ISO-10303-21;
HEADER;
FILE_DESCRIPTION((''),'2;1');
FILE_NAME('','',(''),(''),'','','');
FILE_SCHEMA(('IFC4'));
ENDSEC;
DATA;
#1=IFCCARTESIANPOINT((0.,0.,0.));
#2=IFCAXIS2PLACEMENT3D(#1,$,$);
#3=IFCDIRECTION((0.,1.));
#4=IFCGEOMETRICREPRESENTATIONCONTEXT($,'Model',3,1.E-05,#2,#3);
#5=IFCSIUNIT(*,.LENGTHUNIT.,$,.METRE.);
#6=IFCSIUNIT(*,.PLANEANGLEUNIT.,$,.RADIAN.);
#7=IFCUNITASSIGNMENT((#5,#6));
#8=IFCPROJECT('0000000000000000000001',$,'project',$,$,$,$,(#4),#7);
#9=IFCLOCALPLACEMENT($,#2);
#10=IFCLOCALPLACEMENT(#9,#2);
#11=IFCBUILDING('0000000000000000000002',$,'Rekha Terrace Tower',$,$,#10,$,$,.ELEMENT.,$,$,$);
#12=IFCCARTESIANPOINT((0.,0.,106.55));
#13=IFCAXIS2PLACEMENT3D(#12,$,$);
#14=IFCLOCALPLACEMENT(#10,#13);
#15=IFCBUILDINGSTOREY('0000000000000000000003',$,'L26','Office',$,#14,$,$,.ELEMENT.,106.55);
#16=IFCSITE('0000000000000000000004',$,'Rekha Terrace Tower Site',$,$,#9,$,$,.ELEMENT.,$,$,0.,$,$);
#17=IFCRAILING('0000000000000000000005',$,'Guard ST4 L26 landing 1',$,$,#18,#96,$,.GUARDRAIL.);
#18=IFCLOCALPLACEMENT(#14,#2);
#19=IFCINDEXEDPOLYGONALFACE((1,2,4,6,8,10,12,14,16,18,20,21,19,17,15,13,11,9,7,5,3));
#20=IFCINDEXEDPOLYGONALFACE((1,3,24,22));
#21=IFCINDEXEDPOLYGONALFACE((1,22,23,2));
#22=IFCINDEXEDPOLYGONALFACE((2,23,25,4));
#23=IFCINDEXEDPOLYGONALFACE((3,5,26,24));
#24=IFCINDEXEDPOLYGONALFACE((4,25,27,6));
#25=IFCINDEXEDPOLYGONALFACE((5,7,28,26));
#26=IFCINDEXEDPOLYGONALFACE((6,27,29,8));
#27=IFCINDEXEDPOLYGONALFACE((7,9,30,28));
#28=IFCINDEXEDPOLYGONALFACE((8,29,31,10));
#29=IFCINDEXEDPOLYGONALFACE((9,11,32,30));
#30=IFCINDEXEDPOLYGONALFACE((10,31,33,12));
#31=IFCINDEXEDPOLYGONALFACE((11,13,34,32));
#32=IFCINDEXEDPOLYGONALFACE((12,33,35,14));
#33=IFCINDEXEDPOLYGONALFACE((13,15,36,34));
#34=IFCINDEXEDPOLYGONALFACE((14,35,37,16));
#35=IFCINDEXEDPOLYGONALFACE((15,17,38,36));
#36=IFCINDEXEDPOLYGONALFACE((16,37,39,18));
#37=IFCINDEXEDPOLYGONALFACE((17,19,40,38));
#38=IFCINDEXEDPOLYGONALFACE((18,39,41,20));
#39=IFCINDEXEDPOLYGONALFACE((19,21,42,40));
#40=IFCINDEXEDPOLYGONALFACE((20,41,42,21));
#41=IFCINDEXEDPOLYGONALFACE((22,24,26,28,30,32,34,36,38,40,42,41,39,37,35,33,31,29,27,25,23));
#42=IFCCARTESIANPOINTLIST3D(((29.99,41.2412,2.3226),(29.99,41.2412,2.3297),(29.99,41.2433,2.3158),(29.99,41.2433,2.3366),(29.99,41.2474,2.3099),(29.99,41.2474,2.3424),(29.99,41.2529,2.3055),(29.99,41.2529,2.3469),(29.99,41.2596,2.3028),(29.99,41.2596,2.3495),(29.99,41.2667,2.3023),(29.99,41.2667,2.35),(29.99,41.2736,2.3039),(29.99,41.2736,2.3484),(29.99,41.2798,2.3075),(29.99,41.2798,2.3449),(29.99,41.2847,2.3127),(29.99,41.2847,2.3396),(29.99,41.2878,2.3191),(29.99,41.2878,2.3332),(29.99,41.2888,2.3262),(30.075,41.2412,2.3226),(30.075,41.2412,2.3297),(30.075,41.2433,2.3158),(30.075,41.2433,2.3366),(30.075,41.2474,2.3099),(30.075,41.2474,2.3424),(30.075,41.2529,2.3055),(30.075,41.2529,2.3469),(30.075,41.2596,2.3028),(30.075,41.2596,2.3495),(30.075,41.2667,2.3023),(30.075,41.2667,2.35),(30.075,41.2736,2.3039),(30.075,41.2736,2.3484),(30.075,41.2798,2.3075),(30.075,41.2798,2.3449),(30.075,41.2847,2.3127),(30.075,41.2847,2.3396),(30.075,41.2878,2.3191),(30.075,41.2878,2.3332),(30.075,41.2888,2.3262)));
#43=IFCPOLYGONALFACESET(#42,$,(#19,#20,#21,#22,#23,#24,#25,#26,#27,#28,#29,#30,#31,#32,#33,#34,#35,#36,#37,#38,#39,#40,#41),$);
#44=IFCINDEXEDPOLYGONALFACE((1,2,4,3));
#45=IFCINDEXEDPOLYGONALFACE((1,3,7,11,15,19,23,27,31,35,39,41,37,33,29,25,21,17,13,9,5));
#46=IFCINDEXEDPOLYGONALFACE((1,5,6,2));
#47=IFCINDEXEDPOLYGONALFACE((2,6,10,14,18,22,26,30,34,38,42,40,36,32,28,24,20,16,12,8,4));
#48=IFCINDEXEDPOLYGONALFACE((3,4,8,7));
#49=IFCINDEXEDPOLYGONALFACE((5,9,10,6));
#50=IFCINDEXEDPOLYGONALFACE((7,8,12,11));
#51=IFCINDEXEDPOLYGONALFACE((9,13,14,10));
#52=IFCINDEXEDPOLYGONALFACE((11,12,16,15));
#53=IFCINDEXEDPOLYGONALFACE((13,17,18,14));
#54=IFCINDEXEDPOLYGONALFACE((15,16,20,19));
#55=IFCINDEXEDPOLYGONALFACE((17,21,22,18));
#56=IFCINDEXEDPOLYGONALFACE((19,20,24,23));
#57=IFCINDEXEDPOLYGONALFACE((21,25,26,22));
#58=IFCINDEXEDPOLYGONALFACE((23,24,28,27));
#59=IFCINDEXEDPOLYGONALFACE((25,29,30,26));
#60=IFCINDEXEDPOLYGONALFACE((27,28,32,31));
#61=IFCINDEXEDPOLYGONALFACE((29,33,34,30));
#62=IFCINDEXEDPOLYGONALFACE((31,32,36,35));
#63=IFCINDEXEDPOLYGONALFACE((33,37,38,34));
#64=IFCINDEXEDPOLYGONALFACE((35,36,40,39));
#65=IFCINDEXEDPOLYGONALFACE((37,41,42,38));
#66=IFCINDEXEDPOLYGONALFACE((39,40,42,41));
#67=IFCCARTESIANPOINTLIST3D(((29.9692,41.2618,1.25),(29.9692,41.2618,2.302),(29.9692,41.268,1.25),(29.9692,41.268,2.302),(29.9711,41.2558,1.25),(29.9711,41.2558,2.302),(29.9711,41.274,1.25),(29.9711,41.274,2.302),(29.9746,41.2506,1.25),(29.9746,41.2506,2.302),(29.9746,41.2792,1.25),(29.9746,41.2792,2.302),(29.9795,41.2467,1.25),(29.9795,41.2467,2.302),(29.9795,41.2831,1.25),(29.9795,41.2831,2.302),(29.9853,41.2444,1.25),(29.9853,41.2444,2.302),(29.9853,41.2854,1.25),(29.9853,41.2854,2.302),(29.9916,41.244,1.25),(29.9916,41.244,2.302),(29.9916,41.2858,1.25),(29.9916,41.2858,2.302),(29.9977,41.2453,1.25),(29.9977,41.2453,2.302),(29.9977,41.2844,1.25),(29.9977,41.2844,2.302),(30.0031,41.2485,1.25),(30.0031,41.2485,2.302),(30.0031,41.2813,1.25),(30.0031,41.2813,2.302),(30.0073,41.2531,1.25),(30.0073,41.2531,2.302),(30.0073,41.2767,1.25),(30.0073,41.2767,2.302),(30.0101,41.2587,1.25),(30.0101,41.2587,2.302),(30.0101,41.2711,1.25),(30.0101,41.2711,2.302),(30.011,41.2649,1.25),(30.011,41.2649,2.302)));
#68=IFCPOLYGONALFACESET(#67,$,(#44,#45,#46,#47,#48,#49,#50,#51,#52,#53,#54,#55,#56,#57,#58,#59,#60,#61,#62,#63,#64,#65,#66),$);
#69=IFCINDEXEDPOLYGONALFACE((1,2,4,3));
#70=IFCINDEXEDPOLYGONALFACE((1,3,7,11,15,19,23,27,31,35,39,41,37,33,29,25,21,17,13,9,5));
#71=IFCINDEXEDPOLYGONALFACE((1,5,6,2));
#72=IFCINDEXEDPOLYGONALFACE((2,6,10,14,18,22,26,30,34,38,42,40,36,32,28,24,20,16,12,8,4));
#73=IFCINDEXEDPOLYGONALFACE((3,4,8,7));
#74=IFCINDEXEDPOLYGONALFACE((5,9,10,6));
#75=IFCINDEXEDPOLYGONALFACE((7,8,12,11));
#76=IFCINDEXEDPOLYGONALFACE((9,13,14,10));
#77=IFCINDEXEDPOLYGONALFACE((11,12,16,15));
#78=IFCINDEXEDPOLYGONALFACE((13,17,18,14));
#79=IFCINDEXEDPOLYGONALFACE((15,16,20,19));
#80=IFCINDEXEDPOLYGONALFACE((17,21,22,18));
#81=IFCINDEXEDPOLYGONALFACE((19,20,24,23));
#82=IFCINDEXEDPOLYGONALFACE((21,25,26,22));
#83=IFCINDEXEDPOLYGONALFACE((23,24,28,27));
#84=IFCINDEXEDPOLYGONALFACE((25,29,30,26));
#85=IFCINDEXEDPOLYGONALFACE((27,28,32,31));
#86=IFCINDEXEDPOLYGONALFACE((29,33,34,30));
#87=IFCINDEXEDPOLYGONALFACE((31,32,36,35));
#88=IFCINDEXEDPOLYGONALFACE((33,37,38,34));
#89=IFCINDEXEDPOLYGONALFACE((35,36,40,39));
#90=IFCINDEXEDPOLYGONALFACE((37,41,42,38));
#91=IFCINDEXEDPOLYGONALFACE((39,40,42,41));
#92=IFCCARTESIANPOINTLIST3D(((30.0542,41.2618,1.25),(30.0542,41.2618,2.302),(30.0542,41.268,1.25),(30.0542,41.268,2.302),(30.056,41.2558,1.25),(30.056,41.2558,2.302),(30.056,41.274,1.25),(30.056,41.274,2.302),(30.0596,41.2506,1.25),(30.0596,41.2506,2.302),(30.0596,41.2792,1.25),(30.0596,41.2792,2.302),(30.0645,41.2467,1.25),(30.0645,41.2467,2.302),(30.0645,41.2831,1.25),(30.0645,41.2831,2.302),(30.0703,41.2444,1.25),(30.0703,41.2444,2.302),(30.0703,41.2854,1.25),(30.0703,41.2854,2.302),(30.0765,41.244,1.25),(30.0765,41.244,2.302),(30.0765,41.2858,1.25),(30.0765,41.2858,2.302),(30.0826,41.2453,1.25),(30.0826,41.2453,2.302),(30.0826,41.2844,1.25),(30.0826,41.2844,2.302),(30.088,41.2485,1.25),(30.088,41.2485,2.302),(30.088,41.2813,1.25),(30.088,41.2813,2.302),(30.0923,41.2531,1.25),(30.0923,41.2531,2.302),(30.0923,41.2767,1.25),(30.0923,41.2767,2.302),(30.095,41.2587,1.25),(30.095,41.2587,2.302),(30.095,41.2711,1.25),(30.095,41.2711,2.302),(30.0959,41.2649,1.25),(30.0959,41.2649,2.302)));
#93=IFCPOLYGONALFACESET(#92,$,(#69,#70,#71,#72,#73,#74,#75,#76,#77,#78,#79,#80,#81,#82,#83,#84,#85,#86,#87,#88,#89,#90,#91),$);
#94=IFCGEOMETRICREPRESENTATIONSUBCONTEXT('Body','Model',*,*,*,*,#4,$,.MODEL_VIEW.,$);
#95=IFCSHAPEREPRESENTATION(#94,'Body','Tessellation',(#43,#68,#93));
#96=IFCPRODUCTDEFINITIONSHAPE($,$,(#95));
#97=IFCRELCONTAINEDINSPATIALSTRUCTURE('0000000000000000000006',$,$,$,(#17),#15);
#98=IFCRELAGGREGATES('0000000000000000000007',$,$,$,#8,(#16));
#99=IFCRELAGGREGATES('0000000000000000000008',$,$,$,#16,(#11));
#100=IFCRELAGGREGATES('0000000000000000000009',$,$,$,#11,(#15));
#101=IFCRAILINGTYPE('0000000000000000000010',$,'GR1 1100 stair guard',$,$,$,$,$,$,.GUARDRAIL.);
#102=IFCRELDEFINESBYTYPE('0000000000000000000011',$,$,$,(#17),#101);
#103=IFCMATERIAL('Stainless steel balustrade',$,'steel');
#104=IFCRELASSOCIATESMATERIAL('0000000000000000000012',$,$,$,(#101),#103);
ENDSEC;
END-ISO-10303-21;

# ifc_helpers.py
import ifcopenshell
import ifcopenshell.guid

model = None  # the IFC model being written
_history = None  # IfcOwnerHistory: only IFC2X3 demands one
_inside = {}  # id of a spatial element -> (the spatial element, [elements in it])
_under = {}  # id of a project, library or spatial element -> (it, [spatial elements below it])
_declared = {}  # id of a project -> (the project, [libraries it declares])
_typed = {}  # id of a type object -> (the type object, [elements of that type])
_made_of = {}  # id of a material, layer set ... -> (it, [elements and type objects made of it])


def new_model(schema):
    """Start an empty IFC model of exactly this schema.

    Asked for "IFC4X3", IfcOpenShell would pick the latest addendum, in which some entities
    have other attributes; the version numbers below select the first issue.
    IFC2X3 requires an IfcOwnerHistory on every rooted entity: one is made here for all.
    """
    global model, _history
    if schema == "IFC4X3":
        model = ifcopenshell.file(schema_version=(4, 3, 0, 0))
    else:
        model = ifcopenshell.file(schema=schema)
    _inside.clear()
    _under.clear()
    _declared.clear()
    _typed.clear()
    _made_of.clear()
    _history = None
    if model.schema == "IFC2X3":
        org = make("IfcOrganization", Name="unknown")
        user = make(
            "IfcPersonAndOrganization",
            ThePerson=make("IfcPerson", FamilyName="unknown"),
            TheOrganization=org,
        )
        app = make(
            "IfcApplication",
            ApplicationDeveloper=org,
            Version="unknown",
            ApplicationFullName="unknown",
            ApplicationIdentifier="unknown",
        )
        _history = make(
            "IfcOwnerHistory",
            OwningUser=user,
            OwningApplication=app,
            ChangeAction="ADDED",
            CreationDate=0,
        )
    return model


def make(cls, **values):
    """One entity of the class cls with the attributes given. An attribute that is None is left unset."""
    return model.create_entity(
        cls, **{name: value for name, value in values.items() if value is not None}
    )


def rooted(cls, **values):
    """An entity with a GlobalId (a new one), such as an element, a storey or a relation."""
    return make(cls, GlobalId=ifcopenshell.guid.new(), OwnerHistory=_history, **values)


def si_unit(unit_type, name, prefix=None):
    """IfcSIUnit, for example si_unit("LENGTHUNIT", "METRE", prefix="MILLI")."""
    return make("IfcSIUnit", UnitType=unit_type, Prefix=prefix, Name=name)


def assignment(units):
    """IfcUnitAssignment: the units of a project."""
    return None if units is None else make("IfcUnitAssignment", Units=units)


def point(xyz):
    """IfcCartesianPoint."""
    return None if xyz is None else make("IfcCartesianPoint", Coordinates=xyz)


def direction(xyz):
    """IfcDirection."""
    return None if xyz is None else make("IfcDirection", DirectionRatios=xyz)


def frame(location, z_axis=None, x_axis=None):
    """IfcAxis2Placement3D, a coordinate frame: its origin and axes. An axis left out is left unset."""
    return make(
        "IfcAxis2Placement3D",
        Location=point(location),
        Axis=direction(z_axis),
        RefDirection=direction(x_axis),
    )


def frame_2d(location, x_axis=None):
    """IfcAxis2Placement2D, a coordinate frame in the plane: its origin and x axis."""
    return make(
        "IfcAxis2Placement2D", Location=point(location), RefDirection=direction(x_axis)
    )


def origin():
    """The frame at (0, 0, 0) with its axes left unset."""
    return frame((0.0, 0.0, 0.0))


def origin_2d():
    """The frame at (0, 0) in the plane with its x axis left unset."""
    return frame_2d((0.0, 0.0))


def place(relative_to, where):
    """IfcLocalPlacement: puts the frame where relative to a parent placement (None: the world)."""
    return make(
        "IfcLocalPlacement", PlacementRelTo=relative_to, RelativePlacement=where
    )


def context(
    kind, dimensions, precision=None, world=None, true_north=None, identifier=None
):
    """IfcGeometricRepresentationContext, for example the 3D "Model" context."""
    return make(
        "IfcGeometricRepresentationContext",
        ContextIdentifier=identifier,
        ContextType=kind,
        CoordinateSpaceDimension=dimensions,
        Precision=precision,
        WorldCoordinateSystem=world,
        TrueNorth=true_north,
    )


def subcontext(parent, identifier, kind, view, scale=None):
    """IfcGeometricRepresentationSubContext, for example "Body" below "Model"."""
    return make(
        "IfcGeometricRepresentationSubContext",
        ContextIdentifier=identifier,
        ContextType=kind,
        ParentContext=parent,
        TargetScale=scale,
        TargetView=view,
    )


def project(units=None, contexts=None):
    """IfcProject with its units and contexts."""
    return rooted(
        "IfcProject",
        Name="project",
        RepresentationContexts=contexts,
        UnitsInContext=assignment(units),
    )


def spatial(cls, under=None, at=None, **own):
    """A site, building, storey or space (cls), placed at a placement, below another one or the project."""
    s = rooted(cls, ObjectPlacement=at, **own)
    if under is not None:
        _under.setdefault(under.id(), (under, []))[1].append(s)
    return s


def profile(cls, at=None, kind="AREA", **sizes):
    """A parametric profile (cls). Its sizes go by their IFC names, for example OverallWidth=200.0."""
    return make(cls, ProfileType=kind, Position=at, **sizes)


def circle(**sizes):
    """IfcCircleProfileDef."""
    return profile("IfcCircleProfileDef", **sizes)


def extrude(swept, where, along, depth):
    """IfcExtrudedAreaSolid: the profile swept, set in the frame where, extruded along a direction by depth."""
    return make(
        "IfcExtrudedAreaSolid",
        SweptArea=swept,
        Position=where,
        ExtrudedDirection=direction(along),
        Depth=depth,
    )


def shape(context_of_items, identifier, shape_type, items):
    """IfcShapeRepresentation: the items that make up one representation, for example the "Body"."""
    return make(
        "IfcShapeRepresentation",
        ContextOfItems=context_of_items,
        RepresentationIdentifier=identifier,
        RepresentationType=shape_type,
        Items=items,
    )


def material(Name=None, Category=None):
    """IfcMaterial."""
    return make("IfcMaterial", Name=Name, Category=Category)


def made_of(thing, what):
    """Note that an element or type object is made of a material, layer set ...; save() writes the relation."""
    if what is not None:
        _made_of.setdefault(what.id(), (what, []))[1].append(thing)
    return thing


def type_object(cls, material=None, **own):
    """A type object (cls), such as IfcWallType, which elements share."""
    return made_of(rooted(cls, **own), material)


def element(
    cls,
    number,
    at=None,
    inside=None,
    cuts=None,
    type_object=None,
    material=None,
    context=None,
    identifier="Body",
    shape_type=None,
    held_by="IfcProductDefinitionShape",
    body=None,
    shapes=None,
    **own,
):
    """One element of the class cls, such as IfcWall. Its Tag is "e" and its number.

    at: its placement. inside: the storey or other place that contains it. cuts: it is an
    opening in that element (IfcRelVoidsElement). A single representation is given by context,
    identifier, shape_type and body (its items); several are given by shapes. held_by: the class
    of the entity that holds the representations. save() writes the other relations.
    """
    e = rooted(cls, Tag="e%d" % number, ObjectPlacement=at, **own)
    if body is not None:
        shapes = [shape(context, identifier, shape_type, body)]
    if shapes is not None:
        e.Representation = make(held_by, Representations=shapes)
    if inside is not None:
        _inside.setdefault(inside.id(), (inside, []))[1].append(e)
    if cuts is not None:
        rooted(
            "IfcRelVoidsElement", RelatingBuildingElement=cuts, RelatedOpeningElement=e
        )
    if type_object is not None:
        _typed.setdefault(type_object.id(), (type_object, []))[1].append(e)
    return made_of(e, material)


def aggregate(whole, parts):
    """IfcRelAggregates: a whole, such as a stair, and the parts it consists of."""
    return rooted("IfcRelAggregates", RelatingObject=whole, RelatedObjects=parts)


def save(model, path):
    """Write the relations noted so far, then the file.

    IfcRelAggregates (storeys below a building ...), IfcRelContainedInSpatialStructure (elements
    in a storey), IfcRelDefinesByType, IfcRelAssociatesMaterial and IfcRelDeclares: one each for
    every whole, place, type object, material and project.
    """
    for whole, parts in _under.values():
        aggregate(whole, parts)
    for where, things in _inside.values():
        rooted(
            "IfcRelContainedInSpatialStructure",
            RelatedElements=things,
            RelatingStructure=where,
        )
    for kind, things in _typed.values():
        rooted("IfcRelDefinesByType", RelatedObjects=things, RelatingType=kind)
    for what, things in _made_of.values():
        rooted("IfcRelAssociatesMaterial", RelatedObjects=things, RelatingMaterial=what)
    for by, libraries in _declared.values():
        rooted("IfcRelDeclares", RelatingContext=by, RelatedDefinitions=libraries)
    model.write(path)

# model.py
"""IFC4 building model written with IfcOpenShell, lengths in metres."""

from ifc_helpers import new_model, si_unit, direction, frame, origin, origin_2d, place, context, subcontext, project, spatial, circle, extrude, material, type_object, element, save


model = new_model("IFC4")

# Units and contexts
model_context = context("Model", 3, precision=1e-05, world=origin(), true_north=direction((0.0, 1.0)))
body_context = subcontext(model_context, "Body", "Model", "MODEL_VIEW")
ifc_project = project(units=[si_unit("LENGTHUNIT", "METRE"), si_unit("PLANEANGLEUNIT", "RADIAN")], contexts=[model_context])

# Site, building, storey
site_placement = place(None, origin())
site = spatial("IfcSite", under=ifc_project, at=site_placement, Name="Rekha Terrace Tower Site", CompositionType="ELEMENT", RefElevation=0.0)
building_placement = place(site_placement, origin())
building = spatial("IfcBuilding", under=site, at=building_placement, Name="Rekha Terrace Tower", CompositionType="ELEMENT")
storey_placement = place(building_placement, frame((0.0, 0.0, 106.55)))
storey = spatial("IfcBuildingStorey", under=building, at=storey_placement, Name="L26", Description="Office", CompositionType="ELEMENT", Elevation=106.55)

# Railing
ifc_material_1 = material(Name="Stainless steel balustrade", Category="steel")
railing_type_1 = type_object("IfcRailingType", Name="GR1 1100 stair guard", PredefinedType="GUARDRAIL", material=ifc_material_1)
railing_1_placement = place(storey_placement, frame((29.99, 41.2649, 1.25)))
element("IfcRailing", 1, at=railing_1_placement, inside=storey, type_object=railing_type_1, Name="Guard ST4 L26 landing 1", PredefinedType="GUARDRAIL", context=body_context, shape_type="SweptSolid", body=[
    extrude(circle(Radius=0.0239, at=origin_2d()), frame((0.0, 0.0, 1.0762), z_axis=(1.0, 0.0, 0.0), x_axis=(0.0, 1.0, 0.0)), (0.0, 0.0, 1.0), 0.085),
    extrude(circle(Radius=0.021, at=origin_2d()), origin(), (0.0, 0.0, 1.0), 1.052),
    extrude(circle(Radius=0.021, at=origin_2d()), frame((0.085, 0.0, 0.0)), (0.0, 0.0, 1.0), 1.052),
])

save(model, "model.ifc")
